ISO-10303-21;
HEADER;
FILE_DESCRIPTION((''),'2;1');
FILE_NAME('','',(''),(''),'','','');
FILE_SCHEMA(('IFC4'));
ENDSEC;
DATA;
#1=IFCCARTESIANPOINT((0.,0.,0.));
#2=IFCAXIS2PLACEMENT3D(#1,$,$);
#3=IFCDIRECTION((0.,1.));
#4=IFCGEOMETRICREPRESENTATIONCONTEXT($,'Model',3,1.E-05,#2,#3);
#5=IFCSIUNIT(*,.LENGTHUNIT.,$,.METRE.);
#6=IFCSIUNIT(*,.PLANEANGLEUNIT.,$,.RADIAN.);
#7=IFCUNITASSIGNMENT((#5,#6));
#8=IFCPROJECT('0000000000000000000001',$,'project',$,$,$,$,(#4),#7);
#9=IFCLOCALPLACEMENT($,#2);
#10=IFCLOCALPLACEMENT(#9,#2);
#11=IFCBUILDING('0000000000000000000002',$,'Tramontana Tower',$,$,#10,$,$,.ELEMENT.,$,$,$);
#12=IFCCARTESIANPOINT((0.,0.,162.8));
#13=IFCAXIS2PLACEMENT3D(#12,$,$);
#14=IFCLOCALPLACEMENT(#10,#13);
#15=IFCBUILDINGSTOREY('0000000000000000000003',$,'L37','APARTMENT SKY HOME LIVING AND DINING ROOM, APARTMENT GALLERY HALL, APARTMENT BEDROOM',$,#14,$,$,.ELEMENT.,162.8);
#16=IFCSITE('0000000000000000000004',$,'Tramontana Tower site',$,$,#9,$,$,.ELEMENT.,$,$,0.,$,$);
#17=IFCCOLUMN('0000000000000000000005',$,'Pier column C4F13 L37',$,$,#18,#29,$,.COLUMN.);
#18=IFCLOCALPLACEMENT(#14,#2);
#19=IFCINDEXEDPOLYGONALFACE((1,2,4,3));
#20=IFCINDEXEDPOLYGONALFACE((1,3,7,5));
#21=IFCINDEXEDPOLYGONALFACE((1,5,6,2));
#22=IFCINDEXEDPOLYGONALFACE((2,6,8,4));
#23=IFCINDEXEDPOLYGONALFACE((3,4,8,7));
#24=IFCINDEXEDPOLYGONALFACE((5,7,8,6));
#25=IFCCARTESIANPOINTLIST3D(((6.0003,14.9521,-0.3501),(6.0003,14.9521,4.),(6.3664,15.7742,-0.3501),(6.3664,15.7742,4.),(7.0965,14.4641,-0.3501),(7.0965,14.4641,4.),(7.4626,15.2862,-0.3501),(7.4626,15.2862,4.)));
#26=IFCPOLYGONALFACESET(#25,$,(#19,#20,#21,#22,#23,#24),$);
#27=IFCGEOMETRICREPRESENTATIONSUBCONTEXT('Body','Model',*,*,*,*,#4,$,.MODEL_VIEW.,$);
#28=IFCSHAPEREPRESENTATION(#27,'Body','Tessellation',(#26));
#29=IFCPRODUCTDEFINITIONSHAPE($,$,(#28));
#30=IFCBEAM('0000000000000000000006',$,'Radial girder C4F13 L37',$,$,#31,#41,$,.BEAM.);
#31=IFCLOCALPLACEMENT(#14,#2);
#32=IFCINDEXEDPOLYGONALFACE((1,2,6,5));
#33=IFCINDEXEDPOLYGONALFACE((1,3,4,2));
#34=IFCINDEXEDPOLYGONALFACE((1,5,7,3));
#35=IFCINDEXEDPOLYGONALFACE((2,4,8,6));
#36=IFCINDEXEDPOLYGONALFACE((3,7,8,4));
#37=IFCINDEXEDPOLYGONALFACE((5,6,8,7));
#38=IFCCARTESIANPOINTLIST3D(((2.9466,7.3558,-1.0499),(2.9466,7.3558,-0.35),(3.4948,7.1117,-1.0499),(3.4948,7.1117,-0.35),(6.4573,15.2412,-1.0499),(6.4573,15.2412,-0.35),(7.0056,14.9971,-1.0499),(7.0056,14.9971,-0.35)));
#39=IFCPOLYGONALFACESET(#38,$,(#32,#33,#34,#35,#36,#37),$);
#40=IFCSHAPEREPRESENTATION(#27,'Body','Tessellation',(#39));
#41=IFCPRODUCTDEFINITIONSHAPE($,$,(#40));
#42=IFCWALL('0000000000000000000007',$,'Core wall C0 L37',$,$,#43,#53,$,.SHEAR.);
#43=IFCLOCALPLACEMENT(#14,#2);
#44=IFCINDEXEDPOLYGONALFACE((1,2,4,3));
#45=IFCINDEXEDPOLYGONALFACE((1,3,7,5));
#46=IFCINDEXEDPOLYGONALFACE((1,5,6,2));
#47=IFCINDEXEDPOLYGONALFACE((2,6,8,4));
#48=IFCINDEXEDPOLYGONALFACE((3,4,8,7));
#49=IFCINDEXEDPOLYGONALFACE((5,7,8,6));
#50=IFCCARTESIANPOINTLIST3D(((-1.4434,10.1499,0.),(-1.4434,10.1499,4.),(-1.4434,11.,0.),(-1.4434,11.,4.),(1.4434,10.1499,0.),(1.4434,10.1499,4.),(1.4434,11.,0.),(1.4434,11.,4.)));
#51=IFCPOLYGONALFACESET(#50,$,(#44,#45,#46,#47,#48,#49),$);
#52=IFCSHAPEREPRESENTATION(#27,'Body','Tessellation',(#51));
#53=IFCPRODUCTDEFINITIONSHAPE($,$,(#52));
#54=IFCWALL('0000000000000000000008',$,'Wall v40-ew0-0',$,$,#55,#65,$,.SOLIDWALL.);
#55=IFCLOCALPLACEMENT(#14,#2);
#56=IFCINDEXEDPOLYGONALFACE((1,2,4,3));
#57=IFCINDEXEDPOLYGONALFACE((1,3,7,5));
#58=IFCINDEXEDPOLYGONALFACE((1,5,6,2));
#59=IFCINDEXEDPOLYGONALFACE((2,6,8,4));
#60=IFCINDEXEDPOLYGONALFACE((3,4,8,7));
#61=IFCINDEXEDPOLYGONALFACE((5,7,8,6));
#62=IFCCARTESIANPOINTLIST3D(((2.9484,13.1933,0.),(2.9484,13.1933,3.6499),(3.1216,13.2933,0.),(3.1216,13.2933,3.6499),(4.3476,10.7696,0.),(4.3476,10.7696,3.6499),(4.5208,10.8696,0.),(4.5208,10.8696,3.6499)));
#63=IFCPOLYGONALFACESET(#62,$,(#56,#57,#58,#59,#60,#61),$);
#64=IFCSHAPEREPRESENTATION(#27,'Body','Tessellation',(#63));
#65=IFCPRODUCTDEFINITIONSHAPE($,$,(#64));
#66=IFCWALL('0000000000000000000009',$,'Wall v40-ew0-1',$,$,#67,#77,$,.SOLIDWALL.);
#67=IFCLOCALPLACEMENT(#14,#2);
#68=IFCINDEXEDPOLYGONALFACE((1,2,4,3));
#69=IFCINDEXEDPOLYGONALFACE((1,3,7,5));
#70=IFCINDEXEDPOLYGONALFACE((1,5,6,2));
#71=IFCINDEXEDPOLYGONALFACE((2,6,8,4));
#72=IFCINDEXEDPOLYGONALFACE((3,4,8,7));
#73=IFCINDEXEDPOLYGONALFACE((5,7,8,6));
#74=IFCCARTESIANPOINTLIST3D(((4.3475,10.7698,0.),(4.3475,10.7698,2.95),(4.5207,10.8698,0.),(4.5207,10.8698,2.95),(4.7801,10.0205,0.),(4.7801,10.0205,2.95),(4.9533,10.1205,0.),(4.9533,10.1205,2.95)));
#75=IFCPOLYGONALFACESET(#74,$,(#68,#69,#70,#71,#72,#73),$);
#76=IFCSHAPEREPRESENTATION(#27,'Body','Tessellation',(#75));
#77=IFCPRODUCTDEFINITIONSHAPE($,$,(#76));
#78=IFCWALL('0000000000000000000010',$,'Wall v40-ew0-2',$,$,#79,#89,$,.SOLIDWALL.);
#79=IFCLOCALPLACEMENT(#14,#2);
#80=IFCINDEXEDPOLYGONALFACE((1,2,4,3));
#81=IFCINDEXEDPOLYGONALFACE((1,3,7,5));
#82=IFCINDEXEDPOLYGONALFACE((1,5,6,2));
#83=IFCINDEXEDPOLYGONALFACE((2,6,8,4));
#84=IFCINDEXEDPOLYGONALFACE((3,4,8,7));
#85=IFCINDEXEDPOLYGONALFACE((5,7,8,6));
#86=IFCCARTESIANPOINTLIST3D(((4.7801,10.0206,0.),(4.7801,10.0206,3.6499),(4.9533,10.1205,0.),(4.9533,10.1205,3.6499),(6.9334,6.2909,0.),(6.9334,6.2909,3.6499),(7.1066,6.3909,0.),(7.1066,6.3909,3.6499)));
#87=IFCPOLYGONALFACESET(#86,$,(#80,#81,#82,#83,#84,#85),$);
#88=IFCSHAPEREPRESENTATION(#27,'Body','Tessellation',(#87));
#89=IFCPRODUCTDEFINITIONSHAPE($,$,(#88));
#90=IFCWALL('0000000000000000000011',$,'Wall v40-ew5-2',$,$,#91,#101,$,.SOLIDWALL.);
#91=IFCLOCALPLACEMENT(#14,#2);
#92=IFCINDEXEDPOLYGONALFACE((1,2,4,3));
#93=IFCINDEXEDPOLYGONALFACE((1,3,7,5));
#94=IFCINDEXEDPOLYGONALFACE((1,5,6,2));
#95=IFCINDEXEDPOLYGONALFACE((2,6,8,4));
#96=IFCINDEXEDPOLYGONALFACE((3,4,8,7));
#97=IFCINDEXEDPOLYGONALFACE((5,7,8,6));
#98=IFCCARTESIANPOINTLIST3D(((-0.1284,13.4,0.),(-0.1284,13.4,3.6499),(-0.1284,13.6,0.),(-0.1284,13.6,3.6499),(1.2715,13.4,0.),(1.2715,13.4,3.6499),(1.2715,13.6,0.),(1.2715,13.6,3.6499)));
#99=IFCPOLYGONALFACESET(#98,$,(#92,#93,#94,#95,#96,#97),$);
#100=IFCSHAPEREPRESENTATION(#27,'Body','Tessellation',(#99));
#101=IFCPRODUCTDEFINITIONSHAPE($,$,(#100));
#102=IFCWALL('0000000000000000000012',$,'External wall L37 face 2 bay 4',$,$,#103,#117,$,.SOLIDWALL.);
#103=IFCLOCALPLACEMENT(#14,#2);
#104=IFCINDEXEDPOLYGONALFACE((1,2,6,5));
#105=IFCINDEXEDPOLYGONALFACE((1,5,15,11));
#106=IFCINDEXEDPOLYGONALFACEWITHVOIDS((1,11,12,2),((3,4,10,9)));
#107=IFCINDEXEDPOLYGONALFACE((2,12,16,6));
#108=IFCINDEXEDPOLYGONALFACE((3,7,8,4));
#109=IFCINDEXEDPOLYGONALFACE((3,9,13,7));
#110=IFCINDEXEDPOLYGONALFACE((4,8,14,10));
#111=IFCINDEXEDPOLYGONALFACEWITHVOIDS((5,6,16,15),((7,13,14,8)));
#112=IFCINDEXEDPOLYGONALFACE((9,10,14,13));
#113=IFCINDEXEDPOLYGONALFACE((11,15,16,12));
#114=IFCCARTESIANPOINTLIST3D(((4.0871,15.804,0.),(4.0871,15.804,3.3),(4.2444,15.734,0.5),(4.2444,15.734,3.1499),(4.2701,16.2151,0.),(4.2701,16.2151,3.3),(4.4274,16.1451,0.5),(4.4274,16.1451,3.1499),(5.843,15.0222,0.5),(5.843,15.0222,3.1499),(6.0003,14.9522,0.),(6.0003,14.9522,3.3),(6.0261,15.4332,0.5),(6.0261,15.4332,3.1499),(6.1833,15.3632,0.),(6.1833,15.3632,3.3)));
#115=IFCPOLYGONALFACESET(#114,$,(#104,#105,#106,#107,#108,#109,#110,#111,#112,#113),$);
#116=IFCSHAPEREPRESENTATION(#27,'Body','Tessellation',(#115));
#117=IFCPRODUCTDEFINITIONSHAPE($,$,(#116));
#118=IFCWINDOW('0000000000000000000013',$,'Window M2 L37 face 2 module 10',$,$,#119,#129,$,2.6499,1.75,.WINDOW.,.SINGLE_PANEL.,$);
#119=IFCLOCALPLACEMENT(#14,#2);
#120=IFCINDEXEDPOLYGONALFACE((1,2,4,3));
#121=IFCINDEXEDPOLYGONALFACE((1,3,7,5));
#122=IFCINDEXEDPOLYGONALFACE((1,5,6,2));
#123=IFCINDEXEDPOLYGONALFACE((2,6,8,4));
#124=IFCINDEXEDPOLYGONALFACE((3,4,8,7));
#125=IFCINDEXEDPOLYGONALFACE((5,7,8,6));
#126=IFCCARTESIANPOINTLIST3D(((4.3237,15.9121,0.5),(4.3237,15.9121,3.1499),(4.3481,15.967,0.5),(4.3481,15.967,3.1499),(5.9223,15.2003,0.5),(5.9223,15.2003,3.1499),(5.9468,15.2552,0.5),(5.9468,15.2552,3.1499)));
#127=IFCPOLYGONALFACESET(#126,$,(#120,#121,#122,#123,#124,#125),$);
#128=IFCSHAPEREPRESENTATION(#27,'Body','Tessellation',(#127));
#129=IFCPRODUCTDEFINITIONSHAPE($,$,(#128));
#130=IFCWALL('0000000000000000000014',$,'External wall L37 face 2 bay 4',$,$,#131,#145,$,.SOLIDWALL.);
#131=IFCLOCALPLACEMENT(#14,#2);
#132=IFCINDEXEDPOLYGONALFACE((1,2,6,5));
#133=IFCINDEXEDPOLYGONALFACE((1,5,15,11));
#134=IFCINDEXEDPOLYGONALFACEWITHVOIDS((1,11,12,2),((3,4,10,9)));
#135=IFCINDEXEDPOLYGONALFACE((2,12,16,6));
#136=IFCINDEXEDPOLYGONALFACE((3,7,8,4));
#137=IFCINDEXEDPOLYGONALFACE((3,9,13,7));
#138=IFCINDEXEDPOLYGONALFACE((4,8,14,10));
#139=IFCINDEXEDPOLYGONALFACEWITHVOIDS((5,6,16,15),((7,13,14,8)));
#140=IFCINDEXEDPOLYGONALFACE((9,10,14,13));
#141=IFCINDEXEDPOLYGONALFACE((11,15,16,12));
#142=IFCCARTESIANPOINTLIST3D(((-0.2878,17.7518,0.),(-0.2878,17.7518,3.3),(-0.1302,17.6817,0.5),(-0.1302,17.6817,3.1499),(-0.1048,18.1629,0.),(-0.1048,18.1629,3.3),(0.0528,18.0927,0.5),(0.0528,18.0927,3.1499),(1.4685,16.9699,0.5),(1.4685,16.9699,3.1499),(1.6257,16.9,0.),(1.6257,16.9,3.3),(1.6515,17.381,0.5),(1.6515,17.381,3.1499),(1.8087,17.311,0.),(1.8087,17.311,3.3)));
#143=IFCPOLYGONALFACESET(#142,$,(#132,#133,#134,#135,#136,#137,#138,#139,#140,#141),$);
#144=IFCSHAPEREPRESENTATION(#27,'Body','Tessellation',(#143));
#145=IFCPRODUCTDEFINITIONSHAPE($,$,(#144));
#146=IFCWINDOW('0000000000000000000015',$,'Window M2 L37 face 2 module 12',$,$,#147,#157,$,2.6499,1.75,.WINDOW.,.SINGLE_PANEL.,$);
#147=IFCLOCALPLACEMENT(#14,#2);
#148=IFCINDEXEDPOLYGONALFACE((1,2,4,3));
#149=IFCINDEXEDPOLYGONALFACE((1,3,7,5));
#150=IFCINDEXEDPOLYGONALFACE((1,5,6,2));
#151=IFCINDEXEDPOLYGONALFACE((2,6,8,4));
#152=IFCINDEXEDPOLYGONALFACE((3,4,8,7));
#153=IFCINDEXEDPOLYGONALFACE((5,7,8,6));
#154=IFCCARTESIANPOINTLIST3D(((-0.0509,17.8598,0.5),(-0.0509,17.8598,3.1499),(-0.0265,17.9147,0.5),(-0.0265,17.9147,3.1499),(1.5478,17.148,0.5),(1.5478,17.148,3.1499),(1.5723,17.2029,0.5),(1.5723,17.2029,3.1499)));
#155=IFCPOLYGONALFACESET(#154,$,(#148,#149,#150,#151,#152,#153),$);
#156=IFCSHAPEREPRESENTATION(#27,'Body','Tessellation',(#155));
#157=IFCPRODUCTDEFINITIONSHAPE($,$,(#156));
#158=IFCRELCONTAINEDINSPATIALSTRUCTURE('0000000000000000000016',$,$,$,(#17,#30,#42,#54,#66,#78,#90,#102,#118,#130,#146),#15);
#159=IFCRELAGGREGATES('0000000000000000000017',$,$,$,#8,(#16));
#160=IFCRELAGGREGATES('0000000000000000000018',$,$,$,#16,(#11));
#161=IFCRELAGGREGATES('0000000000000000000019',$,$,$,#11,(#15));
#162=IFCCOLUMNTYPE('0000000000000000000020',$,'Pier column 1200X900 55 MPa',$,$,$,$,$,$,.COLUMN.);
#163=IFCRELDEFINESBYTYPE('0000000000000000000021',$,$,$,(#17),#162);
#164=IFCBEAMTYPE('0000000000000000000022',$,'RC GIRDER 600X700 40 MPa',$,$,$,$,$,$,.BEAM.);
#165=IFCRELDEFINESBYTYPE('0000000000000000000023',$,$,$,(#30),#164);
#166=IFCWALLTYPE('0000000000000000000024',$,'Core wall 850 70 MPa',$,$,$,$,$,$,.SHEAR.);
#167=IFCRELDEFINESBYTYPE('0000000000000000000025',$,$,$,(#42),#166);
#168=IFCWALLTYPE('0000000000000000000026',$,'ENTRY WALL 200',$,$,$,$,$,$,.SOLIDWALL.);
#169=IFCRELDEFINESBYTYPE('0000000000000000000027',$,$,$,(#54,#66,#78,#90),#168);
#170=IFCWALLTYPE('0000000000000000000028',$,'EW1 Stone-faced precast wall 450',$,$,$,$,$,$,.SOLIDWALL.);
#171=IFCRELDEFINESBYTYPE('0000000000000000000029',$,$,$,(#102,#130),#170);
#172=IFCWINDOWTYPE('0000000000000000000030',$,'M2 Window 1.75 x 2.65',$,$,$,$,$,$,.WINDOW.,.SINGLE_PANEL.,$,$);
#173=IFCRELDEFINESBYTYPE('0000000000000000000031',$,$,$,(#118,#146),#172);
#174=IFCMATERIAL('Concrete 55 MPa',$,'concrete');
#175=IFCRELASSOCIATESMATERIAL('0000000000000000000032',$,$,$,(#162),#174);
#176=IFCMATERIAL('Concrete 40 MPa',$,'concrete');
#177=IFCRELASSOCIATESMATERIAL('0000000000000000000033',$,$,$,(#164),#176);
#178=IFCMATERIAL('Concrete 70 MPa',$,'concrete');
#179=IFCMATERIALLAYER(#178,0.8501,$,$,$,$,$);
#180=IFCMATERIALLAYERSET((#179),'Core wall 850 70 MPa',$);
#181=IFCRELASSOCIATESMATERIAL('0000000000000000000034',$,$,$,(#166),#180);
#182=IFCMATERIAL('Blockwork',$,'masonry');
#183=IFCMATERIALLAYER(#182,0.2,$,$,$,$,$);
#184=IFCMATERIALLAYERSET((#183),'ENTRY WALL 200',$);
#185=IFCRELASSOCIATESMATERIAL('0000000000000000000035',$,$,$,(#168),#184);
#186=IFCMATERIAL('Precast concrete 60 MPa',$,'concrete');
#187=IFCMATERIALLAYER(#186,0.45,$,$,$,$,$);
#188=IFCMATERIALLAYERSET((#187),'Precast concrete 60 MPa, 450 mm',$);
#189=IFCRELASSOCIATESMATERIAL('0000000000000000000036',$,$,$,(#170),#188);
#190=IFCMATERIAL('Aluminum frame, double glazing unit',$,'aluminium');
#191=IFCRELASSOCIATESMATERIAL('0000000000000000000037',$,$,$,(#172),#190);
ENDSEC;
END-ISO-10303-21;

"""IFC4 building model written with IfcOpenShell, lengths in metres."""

from ifc_helpers import new_model, si_unit, direction, frame, frame_2d, origin, origin_2d, place, context, subcontext, project, spatial, rectangle, extrude, material, layer, layer_set, material_profile, profile_set, type_object, element, fill, save


model = new_model("IFC4")

# Units and contexts
model_context = context("Model", 3, precision=1e-05, world=origin(), true_north=direction((0.0, 1.0)))
body_context = subcontext(model_context, "Body", "Model", "MODEL_VIEW")
ifc_project = project(units=[si_unit("LENGTHUNIT", "METRE"), si_unit("PLANEANGLEUNIT", "RADIAN")], contexts=[model_context])

# Site, building, storey
site_placement = place(None, origin())
site = spatial("IfcSite", under=ifc_project, at=site_placement, Name="Tramontana Tower site", CompositionType="ELEMENT", RefElevation=0.0)
building_placement = place(site_placement, origin())
building = spatial("IfcBuilding", under=site, at=building_placement, Name="Tramontana Tower", CompositionType="ELEMENT")
storey_placement = place(building_placement, frame((0.0, 0.0, 162.8)))
storey = spatial("IfcBuildingStorey", under=building, at=storey_placement, Name="L37", Description="APARTMENT SKY HOME LIVING AND DINING ROOM, APARTMENT GALLERY HALL, APARTMENT BEDROOM", CompositionType="ELEMENT", Elevation=162.8)

# Column
ifc_material_1 = material(Name="Concrete 55 MPa", Category="concrete")
ifc_material_profile_1 = material_profile(ifc_material_1, rectangle(XDim=1.2, YDim=0.8999, at=origin_2d()), Name="Pier column 1200X900 55 MPa")
ifc_profile_set_1 = profile_set([ifc_material_profile_1], Name="Concrete 55 MPa")
column_type = type_object("IfcColumnType", Name="Pier column 1200X900 55 MPa", PredefinedType="COLUMN", material=ifc_profile_set_1)
column_placement = place(storey_placement, frame((6.7314, 15.1191, -0.3501), z_axis=(0.0, 0.0, 1.0), x_axis=(-0.913545, 0.406737, 0.0)))
element("IfcColumn", 1, at=column_placement, inside=storey, type_object=column_type, Name="Pier column C4F13 L37", PredefinedType="COLUMN", context=body_context, shape_type="SweptSolid", body=[
    extrude(rectangle(XDim=1.2, YDim=0.8999, at=origin_2d()), origin(), (0.0, 0.0, 1.0), 4.3501),
])

# Beam
ifc_material_2 = material(Name="Concrete 40 MPa", Category="concrete")
ifc_material_profile_2 = material_profile(ifc_material_2, rectangle(XDim=0.6001, YDim=0.7, at=origin_2d()), Name="RC GIRDER 600X700 40 MPa")
ifc_profile_set_2 = profile_set([ifc_material_profile_2], Name="Concrete 40 MPa")
beam_type = type_object("IfcBeamType", Name="RC GIRDER 600X700 40 MPa", PredefinedType="BEAM", material=ifc_profile_set_2)
beam_placement = place(storey_placement, frame((6.7314, 15.1191, -0.7), z_axis=(-0.406737, -0.913545, 0.0), x_axis=(0.913545, -0.406737, 0.0)))
element("IfcBeam", 2, at=beam_placement, inside=storey, type_object=beam_type, Name="Radial girder C4F13 L37", PredefinedType="BEAM", context=body_context, shape_type="SweptSolid", body=[
    extrude(rectangle(XDim=0.6001, YDim=0.7, at=origin_2d()), origin(), (0.0, 0.0, 1.0), 8.6316),
])

# Walls
ifc_material_3 = material(Name="Concrete 70 MPa", Category="concrete")
ifc_layer_1 = layer(ifc_material_3, 0.8501)
ifc_layer_set_1 = layer_set([ifc_layer_1], Name="Core wall 850 70 MPa")
wall_type_1 = type_object("IfcWallType", Name="Core wall 850 70 MPa", PredefinedType="SHEAR", material=ifc_layer_set_1)
wall_1_placement = place(storey_placement, frame((1.4434, 10.575, 0.0), z_axis=(0.0, 0.0, 1.0), x_axis=(-1.0, 0.0, 0.0)))
element("IfcWall", 3, at=wall_1_placement, inside=storey, type_object=wall_type_1, Name="Core wall C0 L37", PredefinedType="SHEAR", context=body_context, shape_type="SweptSolid", body=[
    extrude(rectangle(XDim=2.8867, YDim=0.8501, at=frame_2d((1.4434, 0.0))), origin(), (0.0, 0.0, 1.0), 4.0),
])
ifc_material_4 = material(Name="Blockwork", Category="masonry")
ifc_layer_2 = layer(ifc_material_4, 0.2)
ifc_layer_set_2 = layer_set([ifc_layer_2], Name="ENTRY WALL 200")
wall_type_2 = type_object("IfcWallType", Name="ENTRY WALL 200", PredefinedType="SOLIDWALL", material=ifc_layer_set_2)
wall_2_placement = place(storey_placement, frame((3.0349, 13.2434, 0.0), z_axis=(0.0, 0.0, 1.0), x_axis=(0.499977, -0.866039, 0.0)))
element("IfcWall", 4, at=wall_2_placement, inside=storey, type_object=wall_type_2, Name="Wall v40-ew0-0", PredefinedType="SOLIDWALL", context=body_context, shape_type="SweptSolid", body=[
    extrude(rectangle(XDim=2.7986, YDim=0.2, at=frame_2d((1.3994, 0.0))), origin(), (0.0, 0.0, 1.0), 3.6499),
])
wall_3_placement = place(storey_placement, frame((4.4341, 10.8198, 0.0), z_axis=(0.0, 0.0, 1.0), x_axis=(0.500024, -0.866012, 0.0)))
element("IfcWall", 5, at=wall_3_placement, inside=storey, type_object=wall_type_2, Name="Wall v40-ew0-1", PredefinedType="SOLIDWALL", context=body_context, shape_type="SweptSolid", body=[
    extrude(rectangle(XDim=0.8652, YDim=0.2, at=frame_2d((0.4326, 0.0))), origin(), (0.0, 0.0, 1.0), 2.95),
])
wall_4_placement = place(storey_placement, frame((4.8667, 10.0706, 0.0), z_axis=(0.0, 0.0, 1.0), x_axis=(0.499992, -0.86603, 0.0)))
element("IfcWall", 6, at=wall_4_placement, inside=storey, type_object=wall_type_2, Name="Wall v40-ew0-2", PredefinedType="SOLIDWALL", context=body_context, shape_type="SweptSolid", body=[
    extrude(rectangle(XDim=4.3066, YDim=0.2, at=frame_2d((2.1533, 0.0))), origin(), (0.0, 0.0, 1.0), 3.6499),
])
wall_5_placement = place(storey_placement, frame((-0.1284, 13.5, 0.0), z_axis=(0.0, 0.0, 1.0), x_axis=(1.0, 0.0, 0.0)))
element("IfcWall", 7, at=wall_5_placement, inside=storey, type_object=wall_type_2, Name="Wall v40-ew5-2", PredefinedType="SOLIDWALL", context=body_context, shape_type="SweptSolid", body=[
    extrude(rectangle(XDim=1.3999, YDim=0.2, at=frame_2d((0.7, 0.0))), origin(), (0.0, 0.0, 1.0), 3.6499),
])

# Walls, openings, windows
ifc_material_5 = material(Name="Precast concrete 60 MPa", Category="concrete")
ifc_layer_3 = layer(ifc_material_5, 0.45)
ifc_layer_set_3 = layer_set([ifc_layer_3], Name="Precast concrete 60 MPa, 450 mm")
wall_type_3 = type_object("IfcWallType", Name="EW1 Stone-faced precast wall 450", PredefinedType="SOLIDWALL", material=ifc_layer_set_3)
wall_6_placement = place(storey_placement, frame((6.0918, 15.1577, 0.0), z_axis=(0.0, 0.0, 1.0), x_axis=(-0.913537, 0.406755, 0.0)))
wall_6 = element("IfcWall", 8, at=wall_6_placement, inside=storey, type_object=wall_type_3, Name="External wall L37 face 2 bay 4", PredefinedType="SOLIDWALL", context=body_context, shape_type="SweptSolid", body=[
    extrude(rectangle(XDim=2.0942, YDim=0.45, at=frame_2d((1.0471, 0.0))), origin(), (0.0, 0.0, 1.0), 3.3),
])
opening_1_placement = place(wall_6_placement, frame((0.1721, 0.0, 0.5)))
opening_1 = element("IfcOpeningElement", 9, at=opening_1_placement, cuts=wall_6, PredefinedType="OPENING", context=body_context, shape_type="SweptSolid", body=[
    extrude(rectangle(XDim=1.75, YDim=2.6499, at=frame_2d((0.875, 1.325))), frame((0.0, 0.2349, 0.0), z_axis=(0.0, -1.0, 0.0), x_axis=(1.0, 0.0, 0.0)), (0.0, 0.0, 1.0), 0.47),
])
ifc_material_6 = material(Name="Aluminum frame, double glazing unit", Category="aluminium")
window_type = type_object("IfcWindowType", Name="M2 Window 1.75 x 2.65", PartitioningType="SINGLE_PANEL", PredefinedType="WINDOW", material=ifc_material_6)
window_1_placement = place(opening_1_placement, origin())
window_1 = element("IfcWindow", 10, at=window_1_placement, inside=storey, type_object=window_type, Name="Window M2 L37 face 2 module 10", OverallHeight=2.6499, OverallWidth=1.75, PartitioningType="SINGLE_PANEL", PredefinedType="WINDOW", context=body_context, shape_type="SweptSolid", body=[
    extrude(rectangle(XDim=1.75, YDim=2.6499, at=frame_2d((0.875, 1.325))), frame((0.0, 0.03, 0.0), z_axis=(0.0, -1.0, 0.0), x_axis=(1.0, 0.0, 0.0)), (0.0, 0.0, 1.0), 0.0601),
])
fill(opening_1, window_1)
wall_7_placement = place(storey_placement, frame((1.7173, 17.1055, 0.0), z_axis=(0.0, 0.0, 1.0), x_axis=(-0.913557, 0.406712, 0.0)))
wall_7 = element("IfcWall", 11, at=wall_7_placement, inside=storey, type_object=wall_type_3, Name="External wall L37 face 2 bay 4", PredefinedType="SOLIDWALL", context=body_context, shape_type="SweptSolid", body=[
    extrude(rectangle(XDim=2.0945, YDim=0.45, at=frame_2d((1.0474, 0.0))), origin(), (0.0, 0.0, 1.0), 3.3),
])
opening_2_placement = place(wall_7_placement, frame((0.1721, 0.0, 0.5)))
opening_2 = element("IfcOpeningElement", 12, at=opening_2_placement, cuts=wall_7, PredefinedType="OPENING", context=body_context, shape_type="SweptSolid", body=[
    extrude(rectangle(XDim=1.75, YDim=2.6499, at=frame_2d((0.875, 1.325))), frame((0.0, 0.2349, 0.0), z_axis=(0.0, -1.0, 0.0), x_axis=(1.0, 0.0, 0.0)), (0.0, 0.0, 1.0), 0.47),
])
window_2_placement = place(opening_2_placement, origin())
window_2 = element("IfcWindow", 13, at=window_2_placement, inside=storey, type_object=window_type, Name="Window M2 L37 face 2 module 12", OverallHeight=2.6499, OverallWidth=1.75, PartitioningType="SINGLE_PANEL", PredefinedType="WINDOW", context=body_context, shape_type="SweptSolid", body=[
    extrude(rectangle(XDim=1.75, YDim=2.6499, at=frame_2d((0.875, 1.325))), frame((0.0, 0.03, 0.0), z_axis=(0.0, -1.0, 0.0), x_axis=(1.0, 0.0, 0.0)), (0.0, 0.0, 1.0), 0.0601),
])
fill(opening_2, window_2)

save(model, "model.ifc")
